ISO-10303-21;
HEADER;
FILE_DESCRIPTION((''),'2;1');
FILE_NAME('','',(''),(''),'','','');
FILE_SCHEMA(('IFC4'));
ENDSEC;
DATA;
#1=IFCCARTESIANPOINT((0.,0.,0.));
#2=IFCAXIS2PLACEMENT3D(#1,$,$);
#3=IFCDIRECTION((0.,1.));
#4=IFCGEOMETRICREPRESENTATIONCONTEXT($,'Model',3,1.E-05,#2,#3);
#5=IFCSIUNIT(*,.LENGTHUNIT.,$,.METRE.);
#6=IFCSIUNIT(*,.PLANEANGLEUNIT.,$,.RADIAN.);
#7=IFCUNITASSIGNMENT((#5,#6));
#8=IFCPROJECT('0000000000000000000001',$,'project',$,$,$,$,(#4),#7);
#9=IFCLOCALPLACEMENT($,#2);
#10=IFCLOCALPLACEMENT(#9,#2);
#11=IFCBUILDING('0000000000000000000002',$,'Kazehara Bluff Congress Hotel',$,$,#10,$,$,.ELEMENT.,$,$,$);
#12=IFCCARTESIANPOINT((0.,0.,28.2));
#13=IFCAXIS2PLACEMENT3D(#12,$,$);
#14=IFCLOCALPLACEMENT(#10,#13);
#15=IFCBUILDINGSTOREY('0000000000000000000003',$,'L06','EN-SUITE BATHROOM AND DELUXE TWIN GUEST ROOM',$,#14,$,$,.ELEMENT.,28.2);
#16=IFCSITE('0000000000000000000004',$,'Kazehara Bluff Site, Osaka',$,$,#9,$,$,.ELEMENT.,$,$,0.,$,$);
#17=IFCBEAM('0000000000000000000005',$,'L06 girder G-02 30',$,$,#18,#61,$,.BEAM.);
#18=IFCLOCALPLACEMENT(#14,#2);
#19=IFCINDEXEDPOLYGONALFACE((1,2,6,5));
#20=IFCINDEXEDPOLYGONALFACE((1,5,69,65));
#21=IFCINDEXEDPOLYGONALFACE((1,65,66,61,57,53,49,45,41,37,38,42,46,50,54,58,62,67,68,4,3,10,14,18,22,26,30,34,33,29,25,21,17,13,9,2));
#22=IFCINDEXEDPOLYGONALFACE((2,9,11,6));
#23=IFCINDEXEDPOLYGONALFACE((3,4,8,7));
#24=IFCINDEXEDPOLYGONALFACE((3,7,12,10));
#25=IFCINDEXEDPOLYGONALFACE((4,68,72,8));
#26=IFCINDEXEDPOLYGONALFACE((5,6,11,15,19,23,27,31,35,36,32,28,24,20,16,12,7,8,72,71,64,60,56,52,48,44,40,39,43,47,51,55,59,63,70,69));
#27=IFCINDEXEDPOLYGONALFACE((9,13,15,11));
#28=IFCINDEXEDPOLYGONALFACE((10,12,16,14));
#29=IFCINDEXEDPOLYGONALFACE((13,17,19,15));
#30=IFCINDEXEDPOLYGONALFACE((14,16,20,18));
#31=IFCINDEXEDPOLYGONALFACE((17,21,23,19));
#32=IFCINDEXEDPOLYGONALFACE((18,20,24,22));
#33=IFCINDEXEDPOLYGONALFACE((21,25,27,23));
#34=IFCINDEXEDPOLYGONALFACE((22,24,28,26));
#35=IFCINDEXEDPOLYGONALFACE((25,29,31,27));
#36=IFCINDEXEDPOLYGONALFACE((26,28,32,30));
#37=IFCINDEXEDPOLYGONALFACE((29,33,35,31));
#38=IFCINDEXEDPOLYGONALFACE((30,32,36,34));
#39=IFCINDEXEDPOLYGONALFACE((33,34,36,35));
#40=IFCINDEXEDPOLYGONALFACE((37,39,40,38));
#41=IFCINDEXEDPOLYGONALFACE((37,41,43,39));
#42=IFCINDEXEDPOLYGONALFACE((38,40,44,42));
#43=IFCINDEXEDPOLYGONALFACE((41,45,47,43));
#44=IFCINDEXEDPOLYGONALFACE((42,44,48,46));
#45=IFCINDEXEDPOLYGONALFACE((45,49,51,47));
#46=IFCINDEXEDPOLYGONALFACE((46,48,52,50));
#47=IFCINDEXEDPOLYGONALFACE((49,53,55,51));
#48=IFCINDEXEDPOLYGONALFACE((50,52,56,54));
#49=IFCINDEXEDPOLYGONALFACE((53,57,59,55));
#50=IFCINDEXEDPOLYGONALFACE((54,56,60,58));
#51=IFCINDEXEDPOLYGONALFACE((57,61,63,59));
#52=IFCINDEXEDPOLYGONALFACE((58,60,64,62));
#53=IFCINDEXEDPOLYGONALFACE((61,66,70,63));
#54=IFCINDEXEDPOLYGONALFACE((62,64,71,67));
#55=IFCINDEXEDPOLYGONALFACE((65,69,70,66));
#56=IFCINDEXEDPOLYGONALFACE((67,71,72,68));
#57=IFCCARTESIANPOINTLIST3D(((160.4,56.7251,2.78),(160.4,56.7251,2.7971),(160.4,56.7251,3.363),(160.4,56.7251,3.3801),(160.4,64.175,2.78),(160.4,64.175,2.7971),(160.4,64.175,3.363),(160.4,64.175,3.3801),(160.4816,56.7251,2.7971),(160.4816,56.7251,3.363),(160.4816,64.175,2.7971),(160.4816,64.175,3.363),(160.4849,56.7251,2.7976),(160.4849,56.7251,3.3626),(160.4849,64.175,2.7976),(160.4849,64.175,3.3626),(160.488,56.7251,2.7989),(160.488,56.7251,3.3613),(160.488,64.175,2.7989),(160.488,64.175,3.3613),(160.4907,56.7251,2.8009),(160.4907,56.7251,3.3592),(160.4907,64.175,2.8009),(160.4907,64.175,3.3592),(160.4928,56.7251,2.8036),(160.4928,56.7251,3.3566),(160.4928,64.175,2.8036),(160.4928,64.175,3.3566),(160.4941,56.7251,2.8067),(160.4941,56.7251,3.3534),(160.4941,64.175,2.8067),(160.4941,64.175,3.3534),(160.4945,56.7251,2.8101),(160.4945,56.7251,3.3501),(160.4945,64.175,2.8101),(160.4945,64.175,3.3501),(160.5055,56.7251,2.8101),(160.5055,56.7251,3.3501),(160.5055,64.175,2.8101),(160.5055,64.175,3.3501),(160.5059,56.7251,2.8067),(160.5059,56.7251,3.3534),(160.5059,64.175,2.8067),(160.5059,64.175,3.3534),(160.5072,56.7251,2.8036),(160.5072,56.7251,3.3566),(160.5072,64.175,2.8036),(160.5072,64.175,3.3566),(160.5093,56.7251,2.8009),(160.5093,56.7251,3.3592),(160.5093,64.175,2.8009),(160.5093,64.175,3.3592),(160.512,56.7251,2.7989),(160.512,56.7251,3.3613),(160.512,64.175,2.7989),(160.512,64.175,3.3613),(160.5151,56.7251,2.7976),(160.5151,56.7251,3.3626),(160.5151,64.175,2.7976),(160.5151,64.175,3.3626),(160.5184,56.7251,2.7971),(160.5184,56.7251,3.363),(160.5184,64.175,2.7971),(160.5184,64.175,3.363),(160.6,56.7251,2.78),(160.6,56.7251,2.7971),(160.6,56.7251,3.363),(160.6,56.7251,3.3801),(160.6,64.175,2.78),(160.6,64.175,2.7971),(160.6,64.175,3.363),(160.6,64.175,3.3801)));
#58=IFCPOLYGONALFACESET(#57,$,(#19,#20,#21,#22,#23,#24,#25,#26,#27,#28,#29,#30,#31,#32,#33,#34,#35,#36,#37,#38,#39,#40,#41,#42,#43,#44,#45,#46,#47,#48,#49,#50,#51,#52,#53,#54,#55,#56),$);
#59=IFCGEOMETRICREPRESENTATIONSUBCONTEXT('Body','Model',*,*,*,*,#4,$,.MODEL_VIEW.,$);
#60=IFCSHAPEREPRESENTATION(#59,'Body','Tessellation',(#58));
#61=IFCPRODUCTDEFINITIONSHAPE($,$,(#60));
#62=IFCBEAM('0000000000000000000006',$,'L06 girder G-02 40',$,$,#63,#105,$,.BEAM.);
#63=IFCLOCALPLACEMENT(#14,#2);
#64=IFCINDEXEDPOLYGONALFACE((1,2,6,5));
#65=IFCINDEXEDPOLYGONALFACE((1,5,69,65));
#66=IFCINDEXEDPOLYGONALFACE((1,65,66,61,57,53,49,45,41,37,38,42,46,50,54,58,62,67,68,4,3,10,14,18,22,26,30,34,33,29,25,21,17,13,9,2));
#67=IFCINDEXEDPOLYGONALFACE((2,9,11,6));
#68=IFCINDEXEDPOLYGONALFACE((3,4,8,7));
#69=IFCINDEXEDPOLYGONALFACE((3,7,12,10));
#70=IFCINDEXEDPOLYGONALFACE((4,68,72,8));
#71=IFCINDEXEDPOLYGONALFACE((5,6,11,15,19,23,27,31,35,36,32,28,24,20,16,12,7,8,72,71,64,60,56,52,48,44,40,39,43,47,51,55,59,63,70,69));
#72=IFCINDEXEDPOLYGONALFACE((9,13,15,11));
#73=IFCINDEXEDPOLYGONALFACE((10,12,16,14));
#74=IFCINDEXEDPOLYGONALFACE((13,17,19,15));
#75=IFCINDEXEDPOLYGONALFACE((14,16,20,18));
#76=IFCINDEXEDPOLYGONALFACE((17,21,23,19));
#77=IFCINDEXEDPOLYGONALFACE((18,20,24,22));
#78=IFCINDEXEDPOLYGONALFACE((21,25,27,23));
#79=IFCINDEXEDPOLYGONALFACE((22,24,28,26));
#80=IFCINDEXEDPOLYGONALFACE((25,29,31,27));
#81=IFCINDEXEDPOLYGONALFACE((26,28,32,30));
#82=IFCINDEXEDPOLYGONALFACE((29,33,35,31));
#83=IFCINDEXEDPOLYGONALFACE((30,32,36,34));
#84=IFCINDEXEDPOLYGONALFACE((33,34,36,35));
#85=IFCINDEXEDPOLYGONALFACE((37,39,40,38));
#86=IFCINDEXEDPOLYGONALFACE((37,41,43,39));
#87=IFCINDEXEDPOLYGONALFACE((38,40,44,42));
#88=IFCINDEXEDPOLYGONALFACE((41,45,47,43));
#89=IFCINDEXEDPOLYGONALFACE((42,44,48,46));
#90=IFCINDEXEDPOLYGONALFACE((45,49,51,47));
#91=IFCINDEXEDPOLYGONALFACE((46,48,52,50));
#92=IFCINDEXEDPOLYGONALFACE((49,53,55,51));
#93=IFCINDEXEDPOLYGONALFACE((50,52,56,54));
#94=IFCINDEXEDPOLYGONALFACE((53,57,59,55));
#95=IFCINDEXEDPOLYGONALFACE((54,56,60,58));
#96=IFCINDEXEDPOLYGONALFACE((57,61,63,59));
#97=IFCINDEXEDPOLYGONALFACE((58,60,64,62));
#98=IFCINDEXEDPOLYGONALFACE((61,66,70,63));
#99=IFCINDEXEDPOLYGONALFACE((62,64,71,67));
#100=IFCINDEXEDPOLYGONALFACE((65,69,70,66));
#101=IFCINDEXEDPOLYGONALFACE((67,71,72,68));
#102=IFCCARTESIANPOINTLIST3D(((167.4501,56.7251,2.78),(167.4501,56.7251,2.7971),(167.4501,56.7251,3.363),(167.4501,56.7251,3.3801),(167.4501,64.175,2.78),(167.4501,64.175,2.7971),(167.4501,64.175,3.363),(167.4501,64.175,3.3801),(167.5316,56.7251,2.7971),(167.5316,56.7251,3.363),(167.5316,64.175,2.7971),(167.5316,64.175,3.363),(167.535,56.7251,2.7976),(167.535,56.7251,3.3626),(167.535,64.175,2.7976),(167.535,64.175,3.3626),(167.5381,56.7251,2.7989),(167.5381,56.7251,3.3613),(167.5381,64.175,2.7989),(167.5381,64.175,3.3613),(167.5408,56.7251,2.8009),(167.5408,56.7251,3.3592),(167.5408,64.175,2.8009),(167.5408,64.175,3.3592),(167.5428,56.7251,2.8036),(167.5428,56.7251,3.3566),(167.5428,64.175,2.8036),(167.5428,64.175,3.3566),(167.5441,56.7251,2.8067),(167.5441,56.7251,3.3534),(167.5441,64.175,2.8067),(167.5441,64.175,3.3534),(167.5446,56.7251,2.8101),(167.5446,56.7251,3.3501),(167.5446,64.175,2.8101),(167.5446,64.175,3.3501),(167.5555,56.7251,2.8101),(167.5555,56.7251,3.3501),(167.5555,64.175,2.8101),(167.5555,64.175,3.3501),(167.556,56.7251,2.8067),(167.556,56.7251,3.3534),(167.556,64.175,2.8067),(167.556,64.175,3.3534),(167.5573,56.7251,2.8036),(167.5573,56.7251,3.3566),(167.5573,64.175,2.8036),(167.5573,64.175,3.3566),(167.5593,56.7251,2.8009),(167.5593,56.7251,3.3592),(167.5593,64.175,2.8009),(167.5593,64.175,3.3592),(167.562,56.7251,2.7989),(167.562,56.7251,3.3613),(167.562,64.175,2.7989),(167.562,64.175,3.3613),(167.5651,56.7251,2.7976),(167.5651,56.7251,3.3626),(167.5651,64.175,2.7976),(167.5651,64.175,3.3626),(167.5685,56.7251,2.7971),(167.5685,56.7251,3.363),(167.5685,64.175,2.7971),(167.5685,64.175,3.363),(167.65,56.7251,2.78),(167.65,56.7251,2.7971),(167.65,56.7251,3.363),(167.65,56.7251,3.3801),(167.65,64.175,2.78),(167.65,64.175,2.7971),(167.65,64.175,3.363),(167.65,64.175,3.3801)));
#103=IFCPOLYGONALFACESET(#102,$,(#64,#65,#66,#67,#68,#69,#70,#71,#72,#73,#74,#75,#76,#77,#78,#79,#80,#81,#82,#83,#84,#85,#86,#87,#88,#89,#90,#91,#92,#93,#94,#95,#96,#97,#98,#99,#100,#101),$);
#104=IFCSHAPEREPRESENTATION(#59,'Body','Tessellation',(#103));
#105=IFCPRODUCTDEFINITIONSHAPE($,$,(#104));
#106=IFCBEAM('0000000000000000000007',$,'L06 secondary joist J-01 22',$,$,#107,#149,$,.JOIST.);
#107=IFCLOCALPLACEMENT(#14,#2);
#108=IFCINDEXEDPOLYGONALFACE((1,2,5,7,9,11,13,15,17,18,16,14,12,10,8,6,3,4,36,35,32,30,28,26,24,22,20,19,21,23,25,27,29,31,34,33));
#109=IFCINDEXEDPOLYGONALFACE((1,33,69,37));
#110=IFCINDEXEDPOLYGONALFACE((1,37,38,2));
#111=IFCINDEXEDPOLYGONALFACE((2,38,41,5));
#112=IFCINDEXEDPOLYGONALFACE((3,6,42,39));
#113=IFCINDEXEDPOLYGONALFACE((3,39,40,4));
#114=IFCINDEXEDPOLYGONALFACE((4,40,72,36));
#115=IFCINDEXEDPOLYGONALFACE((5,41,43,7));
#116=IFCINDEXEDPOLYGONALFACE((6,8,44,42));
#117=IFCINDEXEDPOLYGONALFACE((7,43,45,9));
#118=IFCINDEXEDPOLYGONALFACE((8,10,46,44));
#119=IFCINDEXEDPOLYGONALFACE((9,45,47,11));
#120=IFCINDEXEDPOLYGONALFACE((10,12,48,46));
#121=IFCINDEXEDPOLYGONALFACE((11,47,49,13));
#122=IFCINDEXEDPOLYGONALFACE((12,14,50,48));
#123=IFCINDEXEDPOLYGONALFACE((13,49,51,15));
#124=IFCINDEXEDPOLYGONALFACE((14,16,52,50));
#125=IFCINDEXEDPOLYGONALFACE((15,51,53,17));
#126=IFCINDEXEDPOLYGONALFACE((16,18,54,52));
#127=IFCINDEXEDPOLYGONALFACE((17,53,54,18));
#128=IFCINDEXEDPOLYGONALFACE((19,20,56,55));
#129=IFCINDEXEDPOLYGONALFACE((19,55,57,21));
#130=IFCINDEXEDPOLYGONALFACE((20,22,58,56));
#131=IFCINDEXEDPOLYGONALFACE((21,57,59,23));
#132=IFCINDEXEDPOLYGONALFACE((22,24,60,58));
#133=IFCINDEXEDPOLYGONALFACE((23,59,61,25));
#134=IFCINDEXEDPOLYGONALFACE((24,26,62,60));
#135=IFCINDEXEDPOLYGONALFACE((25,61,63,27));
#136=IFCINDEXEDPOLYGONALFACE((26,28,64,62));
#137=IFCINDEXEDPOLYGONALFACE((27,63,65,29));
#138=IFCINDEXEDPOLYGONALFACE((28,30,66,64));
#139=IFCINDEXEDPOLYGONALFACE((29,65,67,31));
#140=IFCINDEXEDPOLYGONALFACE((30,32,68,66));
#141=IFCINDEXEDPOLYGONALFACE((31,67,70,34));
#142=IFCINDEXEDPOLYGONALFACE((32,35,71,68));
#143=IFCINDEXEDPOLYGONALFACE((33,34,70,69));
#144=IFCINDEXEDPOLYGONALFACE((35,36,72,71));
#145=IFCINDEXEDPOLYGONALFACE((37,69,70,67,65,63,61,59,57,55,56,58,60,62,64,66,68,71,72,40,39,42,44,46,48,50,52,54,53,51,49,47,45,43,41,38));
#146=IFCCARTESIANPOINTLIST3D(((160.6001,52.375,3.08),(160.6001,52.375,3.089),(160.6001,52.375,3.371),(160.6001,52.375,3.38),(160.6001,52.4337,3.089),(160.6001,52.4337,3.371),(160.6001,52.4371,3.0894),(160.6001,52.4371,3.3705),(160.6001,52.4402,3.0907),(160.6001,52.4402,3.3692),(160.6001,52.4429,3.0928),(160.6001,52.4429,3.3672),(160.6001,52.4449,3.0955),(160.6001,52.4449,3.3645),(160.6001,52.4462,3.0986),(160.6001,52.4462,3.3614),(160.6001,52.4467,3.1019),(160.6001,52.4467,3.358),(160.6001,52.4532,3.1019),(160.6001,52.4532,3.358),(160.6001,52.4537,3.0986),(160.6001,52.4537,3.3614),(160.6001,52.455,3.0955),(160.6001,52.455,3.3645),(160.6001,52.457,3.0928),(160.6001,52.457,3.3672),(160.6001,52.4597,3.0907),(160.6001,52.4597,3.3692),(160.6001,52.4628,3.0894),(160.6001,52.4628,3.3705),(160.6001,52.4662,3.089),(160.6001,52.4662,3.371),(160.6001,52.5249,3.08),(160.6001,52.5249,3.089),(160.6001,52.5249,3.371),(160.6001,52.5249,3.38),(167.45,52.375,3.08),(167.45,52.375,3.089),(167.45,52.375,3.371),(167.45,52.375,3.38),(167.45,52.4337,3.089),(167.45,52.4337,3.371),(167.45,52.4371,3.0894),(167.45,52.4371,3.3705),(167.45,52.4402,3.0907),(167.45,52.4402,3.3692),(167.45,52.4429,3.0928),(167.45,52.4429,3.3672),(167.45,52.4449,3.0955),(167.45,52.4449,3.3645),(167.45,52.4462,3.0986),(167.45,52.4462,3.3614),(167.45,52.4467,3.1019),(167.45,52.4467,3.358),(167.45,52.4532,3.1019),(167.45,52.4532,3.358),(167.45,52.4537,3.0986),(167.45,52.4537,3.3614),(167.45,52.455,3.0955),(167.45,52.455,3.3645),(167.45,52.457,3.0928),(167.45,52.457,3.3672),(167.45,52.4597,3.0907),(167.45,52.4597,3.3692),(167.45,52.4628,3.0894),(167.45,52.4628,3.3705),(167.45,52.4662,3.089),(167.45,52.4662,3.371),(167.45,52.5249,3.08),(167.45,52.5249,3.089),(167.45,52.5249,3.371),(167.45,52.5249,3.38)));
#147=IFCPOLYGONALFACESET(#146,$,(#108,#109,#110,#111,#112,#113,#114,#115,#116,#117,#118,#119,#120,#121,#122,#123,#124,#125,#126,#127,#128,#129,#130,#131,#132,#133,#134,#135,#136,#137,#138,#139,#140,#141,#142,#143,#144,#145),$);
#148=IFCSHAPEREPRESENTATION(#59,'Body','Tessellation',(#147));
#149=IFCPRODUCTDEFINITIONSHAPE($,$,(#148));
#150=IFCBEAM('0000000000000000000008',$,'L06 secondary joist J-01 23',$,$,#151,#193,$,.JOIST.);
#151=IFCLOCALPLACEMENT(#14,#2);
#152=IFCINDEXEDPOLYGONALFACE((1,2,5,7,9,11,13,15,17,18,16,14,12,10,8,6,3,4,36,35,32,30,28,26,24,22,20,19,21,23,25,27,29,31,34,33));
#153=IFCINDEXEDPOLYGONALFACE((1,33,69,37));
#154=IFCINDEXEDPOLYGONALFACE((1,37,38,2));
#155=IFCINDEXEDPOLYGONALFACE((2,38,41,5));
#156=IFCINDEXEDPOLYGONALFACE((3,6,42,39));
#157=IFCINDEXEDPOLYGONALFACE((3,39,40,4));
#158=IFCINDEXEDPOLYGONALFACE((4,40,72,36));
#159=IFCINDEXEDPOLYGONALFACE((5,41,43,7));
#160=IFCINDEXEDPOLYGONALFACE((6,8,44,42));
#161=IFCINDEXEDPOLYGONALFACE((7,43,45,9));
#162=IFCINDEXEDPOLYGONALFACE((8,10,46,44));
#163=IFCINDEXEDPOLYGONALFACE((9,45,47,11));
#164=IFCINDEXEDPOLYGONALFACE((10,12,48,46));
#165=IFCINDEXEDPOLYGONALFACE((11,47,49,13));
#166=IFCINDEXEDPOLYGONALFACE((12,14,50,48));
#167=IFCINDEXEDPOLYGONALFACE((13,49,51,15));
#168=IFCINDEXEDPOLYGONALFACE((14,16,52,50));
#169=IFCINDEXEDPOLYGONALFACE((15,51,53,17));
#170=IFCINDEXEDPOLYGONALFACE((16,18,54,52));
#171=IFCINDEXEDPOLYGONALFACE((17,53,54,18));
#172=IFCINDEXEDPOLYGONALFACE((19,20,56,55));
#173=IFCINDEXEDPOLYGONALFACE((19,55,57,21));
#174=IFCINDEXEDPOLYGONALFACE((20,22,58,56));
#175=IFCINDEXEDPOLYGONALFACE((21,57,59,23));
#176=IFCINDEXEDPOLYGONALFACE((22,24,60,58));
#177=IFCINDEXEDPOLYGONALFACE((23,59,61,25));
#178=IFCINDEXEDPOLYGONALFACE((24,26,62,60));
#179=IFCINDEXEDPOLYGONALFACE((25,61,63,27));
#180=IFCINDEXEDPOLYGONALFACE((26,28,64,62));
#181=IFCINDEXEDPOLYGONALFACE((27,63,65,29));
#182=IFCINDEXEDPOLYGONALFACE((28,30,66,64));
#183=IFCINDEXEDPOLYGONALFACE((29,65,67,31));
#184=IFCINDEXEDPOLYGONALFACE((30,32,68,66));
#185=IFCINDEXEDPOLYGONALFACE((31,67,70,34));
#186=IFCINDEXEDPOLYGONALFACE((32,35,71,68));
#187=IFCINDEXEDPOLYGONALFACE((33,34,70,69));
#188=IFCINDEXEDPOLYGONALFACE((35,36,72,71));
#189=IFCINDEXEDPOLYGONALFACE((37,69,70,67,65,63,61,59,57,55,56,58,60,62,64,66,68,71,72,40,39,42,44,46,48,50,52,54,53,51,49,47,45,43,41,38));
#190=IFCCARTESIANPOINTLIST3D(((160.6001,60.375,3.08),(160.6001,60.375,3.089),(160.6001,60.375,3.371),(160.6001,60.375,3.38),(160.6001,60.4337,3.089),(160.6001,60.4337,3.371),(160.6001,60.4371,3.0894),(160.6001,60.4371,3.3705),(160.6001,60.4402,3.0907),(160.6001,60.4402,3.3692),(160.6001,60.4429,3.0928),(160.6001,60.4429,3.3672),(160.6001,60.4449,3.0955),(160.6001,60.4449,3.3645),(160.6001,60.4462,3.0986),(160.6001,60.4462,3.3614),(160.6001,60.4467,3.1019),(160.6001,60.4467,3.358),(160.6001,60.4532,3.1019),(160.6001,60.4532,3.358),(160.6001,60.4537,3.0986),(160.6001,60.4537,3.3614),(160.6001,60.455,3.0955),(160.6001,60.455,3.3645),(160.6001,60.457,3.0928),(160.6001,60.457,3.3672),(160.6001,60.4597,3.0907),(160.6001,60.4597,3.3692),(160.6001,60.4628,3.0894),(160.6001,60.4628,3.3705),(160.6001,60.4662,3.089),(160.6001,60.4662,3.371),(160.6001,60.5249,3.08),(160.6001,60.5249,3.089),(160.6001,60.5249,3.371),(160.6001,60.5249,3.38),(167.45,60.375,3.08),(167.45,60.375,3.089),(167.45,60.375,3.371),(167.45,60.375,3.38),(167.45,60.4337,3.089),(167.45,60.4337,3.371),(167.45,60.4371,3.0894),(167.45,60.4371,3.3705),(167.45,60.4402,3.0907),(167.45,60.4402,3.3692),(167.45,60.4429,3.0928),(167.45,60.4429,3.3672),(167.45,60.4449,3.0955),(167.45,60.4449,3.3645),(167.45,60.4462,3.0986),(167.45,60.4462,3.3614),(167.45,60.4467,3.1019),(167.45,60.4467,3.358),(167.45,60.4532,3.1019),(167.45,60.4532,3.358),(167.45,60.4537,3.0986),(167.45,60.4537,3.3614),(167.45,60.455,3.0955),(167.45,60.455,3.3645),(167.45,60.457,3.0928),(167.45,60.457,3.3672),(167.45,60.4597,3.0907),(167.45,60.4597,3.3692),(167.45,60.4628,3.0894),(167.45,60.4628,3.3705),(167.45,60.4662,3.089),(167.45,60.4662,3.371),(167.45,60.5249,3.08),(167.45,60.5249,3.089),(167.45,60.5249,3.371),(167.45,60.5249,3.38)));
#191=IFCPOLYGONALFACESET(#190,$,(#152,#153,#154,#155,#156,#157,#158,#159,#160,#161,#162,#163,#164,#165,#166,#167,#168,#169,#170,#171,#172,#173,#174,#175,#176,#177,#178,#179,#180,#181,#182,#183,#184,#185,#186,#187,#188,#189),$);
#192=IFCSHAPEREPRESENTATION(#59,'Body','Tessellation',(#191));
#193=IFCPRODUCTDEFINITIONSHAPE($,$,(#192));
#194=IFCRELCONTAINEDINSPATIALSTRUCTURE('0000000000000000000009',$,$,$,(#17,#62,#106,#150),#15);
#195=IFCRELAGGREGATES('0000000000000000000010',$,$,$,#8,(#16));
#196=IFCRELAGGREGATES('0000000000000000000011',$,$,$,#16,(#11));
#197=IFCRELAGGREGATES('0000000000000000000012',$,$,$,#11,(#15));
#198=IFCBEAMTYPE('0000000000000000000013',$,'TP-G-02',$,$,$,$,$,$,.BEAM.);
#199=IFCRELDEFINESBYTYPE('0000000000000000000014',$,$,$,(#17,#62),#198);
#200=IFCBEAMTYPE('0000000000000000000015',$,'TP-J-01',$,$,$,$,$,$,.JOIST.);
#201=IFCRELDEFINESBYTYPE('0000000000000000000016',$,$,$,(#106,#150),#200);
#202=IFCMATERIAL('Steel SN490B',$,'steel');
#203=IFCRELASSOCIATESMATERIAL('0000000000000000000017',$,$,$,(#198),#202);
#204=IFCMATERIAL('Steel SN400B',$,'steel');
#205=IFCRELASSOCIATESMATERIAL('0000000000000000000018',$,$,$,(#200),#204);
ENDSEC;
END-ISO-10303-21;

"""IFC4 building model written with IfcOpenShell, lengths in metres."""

from ifc_helpers import new_model, si_unit, direction, frame, origin, origin_2d, place, context, subcontext, project, spatial, i_section, extrude, material, material_profile, profile_set, type_object, element, save


model = new_model("IFC4")

# Units and contexts
model_context = context("Model", 3, precision=1e-05, world=origin(), true_north=direction((0.0, 1.0)))
body_context = subcontext(model_context, "Body", "Model", "MODEL_VIEW")
ifc_project = project(units=[si_unit("LENGTHUNIT", "METRE"), si_unit("PLANEANGLEUNIT", "RADIAN")], contexts=[model_context])

# Site, building, storey
site_placement = place(None, origin())
site = spatial("IfcSite", under=ifc_project, at=site_placement, Name="Kazehara Bluff Site, Osaka", CompositionType="ELEMENT", RefElevation=0.0)
building_placement = place(site_placement, origin())
building = spatial("IfcBuilding", under=site, at=building_placement, Name="Kazehara Bluff Congress Hotel", CompositionType="ELEMENT")
storey_placement = place(building_placement, frame((0.0, 0.0, 28.2)))
storey = spatial("IfcBuildingStorey", under=building, at=storey_placement, Name="L06", Description="EN-SUITE BATHROOM AND DELUXE TWIN GUEST ROOM", CompositionType="ELEMENT", Elevation=28.2)

# Beams
ifc_material_1 = material(Name="Steel SN490B", Category="steel")
ifc_material_profile_1 = material_profile(ifc_material_1, i_section(OverallWidth=0.2, OverallDepth=0.6001, WebThickness=0.011, FlangeThickness=0.0171, FilletRadius=0.0129, at=origin_2d()))
ifc_profile_set_1 = profile_set([ifc_material_profile_1], Name="Steel SN490B")
beam_type_1 = type_object("IfcBeamType", Name="TP-G-02", PredefinedType="BEAM", material=ifc_profile_set_1)
for number, where, z_axis, x_axis, name in (
    (1, (160.5, 56.7251, 3.0801), (0.0, 1.0, 0.0), (-1.0, 0.0, 0.0), "L06 girder G-02 30"),
    (2, (167.55, 56.7251, 3.0801), (0.0, 1.0, 0.0), (-1.0, 0.0, 0.0), "L06 girder G-02 40"),
):
    element("IfcBeam", number, at=place(storey_placement, frame(where, z_axis=z_axis, x_axis=x_axis)), inside=storey, type_object=beam_type_1, Name=name, PredefinedType="BEAM", context=body_context, shape_type="SweptSolid", body=[
        extrude(i_section(OverallWidth=0.2, OverallDepth=0.6001, WebThickness=0.011, FlangeThickness=0.0171, FilletRadius=0.0129, at=origin_2d()), origin(), (0.0, 0.0, 1.0), 7.45),
    ])
ifc_material_2 = material(Name="Steel SN400B", Category="steel")
ifc_material_profile_2 = material_profile(ifc_material_2, i_section(OverallWidth=0.1499, OverallDepth=0.3, WebThickness=0.0066, FlangeThickness=0.009, FilletRadius=0.0129, at=origin_2d()))
ifc_profile_set_2 = profile_set([ifc_material_profile_2], Name="Steel SN400B")
beam_type_2 = type_object("IfcBeamType", Name="TP-J-01", PredefinedType="JOIST", material=ifc_profile_set_2)
for number, where, z_axis, x_axis, name in (
    (3, (160.6001, 52.45, 3.23), (1.0, 0.0, 0.0), (0.0, 1.0, 0.0), "L06 secondary joist J-01 22"),
    (4, (160.6001, 60.45, 3.23), (1.0, 0.0, 0.0), (0.0, 1.0, 0.0), "L06 secondary joist J-01 23"),
):
    element("IfcBeam", number, at=place(storey_placement, frame(where, z_axis=z_axis, x_axis=x_axis)), inside=storey, type_object=beam_type_2, Name=name, PredefinedType="JOIST", context=body_context, shape_type="SweptSolid", body=[
        extrude(i_section(OverallWidth=0.1499, OverallDepth=0.3, WebThickness=0.0066, FlangeThickness=0.009, FilletRadius=0.0129, at=origin_2d()), origin(), (0.0, 0.0, 1.0), 6.8499),
    ])

save(model, "model.ifc")
